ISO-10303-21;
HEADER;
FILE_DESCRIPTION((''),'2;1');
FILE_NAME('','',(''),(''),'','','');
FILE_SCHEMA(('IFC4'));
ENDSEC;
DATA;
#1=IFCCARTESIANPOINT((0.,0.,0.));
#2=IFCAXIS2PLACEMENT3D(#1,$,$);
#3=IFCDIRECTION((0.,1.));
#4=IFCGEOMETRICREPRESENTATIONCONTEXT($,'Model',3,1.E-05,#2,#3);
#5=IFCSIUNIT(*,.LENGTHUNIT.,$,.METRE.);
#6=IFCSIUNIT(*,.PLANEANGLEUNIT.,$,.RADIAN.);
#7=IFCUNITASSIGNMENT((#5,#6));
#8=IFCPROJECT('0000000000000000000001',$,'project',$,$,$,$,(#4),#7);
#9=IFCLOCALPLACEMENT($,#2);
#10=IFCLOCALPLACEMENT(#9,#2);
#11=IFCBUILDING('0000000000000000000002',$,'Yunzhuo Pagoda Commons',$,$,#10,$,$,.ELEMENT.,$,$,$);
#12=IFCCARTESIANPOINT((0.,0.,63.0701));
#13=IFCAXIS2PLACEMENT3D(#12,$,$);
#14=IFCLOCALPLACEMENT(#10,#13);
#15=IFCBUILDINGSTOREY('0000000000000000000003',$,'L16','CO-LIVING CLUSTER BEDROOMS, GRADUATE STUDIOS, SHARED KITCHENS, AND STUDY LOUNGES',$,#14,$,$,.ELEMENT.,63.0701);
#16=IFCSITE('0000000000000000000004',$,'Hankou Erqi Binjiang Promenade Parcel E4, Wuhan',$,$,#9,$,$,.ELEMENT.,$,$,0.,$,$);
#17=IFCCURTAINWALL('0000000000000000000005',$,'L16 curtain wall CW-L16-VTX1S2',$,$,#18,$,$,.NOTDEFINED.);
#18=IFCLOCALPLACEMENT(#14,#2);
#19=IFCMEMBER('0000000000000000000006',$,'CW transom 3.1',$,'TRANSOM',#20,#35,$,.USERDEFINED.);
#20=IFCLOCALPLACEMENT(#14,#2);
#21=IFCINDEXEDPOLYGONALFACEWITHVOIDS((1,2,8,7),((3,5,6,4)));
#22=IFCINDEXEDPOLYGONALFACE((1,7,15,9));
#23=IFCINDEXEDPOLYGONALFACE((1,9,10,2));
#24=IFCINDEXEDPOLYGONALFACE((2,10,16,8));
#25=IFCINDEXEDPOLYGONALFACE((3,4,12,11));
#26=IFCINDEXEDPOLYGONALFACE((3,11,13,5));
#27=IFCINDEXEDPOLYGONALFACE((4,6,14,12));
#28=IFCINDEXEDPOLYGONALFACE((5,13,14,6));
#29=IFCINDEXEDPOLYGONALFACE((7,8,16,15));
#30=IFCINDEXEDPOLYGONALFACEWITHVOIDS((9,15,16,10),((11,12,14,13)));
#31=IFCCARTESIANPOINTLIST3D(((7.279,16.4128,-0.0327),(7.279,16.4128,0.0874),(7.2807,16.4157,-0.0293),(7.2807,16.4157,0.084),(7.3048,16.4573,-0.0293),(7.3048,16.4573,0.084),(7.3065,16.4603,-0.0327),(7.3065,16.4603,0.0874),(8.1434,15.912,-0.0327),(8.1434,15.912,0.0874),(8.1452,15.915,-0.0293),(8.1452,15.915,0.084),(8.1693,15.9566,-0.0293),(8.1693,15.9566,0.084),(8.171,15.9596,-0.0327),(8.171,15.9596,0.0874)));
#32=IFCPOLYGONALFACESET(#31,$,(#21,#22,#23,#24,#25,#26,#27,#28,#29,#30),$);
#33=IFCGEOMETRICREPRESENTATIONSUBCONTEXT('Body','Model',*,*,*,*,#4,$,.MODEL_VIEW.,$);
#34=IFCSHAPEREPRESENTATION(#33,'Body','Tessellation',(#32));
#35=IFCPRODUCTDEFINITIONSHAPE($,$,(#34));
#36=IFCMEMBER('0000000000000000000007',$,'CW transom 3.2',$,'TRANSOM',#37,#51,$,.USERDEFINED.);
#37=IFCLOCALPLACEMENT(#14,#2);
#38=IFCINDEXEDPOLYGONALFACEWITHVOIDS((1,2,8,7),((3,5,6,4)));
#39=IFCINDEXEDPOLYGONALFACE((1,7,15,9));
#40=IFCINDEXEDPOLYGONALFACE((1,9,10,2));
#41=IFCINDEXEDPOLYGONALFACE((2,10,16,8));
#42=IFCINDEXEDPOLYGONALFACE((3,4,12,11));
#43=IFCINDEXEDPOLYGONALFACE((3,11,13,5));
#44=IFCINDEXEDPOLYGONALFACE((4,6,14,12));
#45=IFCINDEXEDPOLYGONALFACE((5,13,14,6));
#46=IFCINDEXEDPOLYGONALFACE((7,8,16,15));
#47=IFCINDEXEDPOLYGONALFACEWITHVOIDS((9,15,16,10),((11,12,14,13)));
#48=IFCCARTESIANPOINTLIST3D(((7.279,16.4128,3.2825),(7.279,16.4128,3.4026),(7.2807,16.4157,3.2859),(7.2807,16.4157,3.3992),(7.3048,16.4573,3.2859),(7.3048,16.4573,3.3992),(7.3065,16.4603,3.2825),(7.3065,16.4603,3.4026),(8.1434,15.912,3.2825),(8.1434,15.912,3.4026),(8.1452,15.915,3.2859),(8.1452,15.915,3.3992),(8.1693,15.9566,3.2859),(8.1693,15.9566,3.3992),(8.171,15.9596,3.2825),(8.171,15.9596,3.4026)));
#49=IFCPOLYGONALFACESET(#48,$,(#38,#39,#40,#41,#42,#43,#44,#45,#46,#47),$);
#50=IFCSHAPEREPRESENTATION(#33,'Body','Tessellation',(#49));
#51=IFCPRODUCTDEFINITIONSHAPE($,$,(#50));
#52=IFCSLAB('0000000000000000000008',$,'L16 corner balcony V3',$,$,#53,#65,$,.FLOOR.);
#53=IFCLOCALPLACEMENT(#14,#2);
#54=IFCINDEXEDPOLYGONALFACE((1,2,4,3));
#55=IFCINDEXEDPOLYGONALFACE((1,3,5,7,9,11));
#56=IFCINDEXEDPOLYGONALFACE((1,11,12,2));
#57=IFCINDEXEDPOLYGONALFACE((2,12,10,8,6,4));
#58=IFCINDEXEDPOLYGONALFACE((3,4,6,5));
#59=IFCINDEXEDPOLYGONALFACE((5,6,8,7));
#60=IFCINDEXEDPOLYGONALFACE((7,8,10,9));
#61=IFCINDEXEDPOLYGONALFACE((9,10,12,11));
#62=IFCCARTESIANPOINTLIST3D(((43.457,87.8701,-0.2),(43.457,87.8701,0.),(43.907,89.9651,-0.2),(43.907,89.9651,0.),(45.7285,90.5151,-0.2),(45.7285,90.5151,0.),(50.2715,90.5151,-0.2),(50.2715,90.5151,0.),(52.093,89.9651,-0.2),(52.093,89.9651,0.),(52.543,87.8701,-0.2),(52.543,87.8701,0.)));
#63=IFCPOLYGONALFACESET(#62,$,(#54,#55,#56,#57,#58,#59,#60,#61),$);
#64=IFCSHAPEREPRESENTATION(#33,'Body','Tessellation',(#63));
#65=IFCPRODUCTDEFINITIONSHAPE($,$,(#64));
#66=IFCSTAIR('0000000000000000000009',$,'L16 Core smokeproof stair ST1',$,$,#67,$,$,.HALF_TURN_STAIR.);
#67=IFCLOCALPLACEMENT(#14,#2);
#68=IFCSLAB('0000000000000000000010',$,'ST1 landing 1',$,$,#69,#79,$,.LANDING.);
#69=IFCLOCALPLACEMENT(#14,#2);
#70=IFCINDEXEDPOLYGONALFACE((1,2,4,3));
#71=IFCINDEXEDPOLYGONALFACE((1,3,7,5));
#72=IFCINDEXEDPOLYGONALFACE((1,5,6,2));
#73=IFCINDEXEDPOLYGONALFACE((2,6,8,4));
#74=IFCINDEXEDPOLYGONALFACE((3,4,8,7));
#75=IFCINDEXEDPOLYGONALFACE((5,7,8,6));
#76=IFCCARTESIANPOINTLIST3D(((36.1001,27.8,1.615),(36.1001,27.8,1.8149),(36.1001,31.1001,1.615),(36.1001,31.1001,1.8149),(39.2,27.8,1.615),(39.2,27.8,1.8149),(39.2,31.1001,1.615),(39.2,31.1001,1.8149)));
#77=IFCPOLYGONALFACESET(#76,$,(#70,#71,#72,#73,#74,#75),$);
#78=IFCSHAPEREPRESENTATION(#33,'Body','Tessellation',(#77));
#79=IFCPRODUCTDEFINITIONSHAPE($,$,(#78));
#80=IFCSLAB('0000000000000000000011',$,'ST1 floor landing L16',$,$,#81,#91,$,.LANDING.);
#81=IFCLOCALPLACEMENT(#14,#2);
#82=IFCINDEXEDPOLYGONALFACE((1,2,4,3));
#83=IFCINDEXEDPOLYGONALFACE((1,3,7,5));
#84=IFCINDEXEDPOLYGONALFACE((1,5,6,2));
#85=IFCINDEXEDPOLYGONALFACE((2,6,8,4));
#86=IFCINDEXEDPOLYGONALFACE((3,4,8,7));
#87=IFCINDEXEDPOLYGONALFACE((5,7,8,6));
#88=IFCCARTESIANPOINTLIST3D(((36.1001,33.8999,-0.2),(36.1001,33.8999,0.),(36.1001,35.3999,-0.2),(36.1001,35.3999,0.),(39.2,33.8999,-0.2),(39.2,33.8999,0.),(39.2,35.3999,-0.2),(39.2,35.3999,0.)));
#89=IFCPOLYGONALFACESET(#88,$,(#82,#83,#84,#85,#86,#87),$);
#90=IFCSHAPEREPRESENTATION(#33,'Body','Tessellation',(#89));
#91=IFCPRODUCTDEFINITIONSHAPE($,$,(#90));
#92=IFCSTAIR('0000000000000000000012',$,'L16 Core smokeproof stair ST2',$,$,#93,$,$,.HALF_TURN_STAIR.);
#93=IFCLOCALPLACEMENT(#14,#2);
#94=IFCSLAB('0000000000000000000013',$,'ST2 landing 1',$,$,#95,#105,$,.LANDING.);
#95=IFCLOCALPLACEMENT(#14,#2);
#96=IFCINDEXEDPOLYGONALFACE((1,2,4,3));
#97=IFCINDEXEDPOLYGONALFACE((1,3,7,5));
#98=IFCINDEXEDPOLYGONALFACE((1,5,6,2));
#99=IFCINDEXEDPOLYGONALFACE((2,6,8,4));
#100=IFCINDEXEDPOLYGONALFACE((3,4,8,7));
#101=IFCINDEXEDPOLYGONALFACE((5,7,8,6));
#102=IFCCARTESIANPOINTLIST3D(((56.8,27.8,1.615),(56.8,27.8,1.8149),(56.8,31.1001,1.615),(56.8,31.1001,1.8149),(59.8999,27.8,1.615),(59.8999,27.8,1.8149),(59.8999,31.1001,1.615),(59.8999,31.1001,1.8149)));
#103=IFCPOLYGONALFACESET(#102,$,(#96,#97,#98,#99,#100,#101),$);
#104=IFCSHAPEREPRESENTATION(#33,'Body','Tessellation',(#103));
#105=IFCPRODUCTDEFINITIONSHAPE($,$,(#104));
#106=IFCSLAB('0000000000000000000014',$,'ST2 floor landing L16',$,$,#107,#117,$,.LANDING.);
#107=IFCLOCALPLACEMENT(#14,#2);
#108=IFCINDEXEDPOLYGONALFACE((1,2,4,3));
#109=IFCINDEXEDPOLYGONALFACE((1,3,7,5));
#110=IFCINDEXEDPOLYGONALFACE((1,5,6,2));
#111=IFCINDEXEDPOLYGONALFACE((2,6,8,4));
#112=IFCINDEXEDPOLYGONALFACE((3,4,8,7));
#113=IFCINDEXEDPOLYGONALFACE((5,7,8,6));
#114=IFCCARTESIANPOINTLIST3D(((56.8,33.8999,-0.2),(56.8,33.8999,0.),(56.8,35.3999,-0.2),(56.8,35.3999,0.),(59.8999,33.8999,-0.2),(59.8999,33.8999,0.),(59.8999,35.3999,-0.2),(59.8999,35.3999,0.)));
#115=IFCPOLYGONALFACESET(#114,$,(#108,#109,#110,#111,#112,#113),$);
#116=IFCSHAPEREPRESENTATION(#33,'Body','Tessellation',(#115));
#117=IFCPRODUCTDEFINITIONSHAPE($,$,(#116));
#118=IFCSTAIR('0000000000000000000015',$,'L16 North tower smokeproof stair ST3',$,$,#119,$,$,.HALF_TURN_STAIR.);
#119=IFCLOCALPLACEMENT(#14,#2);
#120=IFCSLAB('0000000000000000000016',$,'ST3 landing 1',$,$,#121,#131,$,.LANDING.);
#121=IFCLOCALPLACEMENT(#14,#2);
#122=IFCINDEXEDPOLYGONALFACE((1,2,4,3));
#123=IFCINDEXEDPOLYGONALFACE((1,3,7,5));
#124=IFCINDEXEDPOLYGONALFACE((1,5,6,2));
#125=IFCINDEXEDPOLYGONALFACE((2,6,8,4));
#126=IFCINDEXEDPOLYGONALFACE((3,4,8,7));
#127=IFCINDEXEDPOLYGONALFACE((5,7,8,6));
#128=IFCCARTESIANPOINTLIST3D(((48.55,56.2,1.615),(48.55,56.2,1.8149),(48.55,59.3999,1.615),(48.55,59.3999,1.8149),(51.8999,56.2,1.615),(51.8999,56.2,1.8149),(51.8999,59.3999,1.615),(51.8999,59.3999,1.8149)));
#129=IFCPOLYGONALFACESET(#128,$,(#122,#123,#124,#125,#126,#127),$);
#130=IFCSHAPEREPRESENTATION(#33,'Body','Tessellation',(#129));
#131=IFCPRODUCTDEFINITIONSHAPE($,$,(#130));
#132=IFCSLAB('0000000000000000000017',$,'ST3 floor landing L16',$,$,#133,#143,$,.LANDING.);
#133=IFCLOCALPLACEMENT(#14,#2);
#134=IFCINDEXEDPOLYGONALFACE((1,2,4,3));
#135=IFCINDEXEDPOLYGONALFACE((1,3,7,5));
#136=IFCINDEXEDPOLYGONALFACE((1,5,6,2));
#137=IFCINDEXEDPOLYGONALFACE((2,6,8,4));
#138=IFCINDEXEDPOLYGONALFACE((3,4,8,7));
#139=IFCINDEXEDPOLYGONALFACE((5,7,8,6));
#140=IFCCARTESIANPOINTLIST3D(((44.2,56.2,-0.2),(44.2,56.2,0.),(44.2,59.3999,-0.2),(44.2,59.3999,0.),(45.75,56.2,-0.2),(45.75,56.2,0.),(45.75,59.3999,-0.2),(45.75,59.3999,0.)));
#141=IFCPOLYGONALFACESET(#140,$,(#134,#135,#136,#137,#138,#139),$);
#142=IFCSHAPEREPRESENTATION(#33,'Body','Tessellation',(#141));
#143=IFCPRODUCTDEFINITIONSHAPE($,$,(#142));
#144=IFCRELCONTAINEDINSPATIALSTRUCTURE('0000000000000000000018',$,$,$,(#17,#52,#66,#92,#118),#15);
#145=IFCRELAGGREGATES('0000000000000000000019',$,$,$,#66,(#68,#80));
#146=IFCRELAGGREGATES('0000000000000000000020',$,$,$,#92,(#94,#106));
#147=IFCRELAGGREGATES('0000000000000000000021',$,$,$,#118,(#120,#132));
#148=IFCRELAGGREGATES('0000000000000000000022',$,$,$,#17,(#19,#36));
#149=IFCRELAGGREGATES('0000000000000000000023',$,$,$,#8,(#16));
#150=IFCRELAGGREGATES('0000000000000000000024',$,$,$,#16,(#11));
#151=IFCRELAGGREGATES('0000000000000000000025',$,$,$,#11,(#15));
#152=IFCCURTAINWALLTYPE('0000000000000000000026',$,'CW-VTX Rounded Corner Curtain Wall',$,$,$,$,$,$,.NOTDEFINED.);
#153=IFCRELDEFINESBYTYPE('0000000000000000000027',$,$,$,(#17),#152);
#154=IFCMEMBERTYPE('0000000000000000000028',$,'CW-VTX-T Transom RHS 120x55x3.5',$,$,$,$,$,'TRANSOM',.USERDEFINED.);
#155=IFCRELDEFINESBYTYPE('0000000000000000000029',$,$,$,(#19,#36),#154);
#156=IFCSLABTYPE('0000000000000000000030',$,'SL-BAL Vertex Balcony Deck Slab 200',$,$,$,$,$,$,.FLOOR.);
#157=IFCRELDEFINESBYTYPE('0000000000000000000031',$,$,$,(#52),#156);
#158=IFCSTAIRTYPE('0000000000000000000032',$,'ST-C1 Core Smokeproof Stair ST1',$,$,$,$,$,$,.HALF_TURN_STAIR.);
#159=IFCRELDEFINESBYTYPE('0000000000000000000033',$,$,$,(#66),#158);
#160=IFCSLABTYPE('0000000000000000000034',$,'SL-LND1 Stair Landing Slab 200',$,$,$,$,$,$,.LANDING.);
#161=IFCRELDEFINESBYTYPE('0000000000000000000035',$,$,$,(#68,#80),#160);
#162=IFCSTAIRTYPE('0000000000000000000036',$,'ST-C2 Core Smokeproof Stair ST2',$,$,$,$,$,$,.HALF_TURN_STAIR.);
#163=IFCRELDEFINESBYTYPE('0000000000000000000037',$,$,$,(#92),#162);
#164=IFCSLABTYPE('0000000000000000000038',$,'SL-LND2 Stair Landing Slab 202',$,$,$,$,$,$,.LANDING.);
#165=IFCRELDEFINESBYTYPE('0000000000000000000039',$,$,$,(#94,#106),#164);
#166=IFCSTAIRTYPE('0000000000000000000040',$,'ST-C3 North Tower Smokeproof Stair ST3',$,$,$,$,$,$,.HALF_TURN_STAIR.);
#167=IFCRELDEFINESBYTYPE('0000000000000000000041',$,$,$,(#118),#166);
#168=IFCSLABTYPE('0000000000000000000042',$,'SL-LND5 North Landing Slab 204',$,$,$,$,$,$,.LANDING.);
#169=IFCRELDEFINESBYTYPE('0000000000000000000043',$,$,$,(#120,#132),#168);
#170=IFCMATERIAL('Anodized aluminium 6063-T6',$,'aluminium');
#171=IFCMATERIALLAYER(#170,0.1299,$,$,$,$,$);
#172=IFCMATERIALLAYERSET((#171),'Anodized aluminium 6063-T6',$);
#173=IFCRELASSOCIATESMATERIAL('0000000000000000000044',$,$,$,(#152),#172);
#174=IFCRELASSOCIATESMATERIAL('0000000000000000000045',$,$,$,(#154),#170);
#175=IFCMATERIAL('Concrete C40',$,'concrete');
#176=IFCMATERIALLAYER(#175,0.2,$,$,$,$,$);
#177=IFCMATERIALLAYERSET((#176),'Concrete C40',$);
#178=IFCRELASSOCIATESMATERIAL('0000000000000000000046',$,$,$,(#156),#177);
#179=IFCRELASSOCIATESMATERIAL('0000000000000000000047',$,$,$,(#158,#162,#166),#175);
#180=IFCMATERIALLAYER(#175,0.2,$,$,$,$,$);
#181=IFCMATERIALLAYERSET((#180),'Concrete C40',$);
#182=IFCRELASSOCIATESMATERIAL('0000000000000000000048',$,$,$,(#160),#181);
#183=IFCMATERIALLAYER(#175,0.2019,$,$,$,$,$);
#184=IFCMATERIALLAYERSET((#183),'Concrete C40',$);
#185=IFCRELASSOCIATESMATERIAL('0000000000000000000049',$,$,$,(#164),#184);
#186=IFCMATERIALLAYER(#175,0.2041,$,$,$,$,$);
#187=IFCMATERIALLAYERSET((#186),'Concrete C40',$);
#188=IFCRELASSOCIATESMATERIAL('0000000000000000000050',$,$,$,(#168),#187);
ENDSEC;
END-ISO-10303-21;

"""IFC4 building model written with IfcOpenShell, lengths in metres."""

from ifc_helpers import new_model, si_unit, direction, frame, origin, origin_2d, place, context, subcontext, project, spatial, polyline, hollow_rectangle, outline, extrude, source, transform, mapped, material, layer, layer_set, material_profile, profile_set, type_object, element, aggregate, save


model = new_model("IFC4")

# Units and contexts
model_context = context("Model", 3, precision=1e-05, world=origin(), true_north=direction((0.0, 1.0)))
body_context = subcontext(model_context, "Body", "Model", "MODEL_VIEW")
ifc_project = project(units=[si_unit("LENGTHUNIT", "METRE"), si_unit("PLANEANGLEUNIT", "RADIAN")], contexts=[model_context])

# Site, building, storey
site_placement = place(None, origin())
site = spatial("IfcSite", under=ifc_project, at=site_placement, Name="Hankou Erqi Binjiang Promenade Parcel E4, Wuhan", CompositionType="ELEMENT", RefElevation=0.0)
building_placement = place(site_placement, origin())
building = spatial("IfcBuilding", under=site, at=building_placement, Name="Yunzhuo Pagoda Commons", CompositionType="ELEMENT")
storey_placement = place(building_placement, frame((0.0, 0.0, 63.0701)))
storey = spatial("IfcBuildingStorey", under=building, at=storey_placement, Name="L16", Description="CO-LIVING CLUSTER BEDROOMS, GRADUATE STUDIOS, SHARED KITCHENS, AND STUDY LOUNGES", CompositionType="ELEMENT", Elevation=63.0701)

# Curtain wall, members
ifc_material_1 = material(Name="Anodized aluminium 6063-T6", Category="aluminium")
ifc_layer_1 = layer(ifc_material_1, 0.1299)
ifc_layer_set_1 = layer_set([ifc_layer_1], Name="Anodized aluminium 6063-T6")
curtain_wall_type = type_object("IfcCurtainWallType", Name="CW-VTX Rounded Corner Curtain Wall", PredefinedType="NOTDEFINED", material=ifc_layer_set_1)
curtain_wall_1_placement = place(storey_placement, origin())
curtain_wall_1 = element("IfcCurtainWall", 1, at=curtain_wall_1_placement, inside=storey, type_object=curtain_wall_type, Name="L16 curtain wall CW-L16-VTX1S2", PredefinedType="NOTDEFINED")
ifc_material_profile_1 = material_profile(ifc_material_1, hollow_rectangle(XDim=0.0549, YDim=0.1201, WallThickness=0.0034, at=origin_2d()), Name="Anodized aluminium 6063-T6")
ifc_profile_set_1 = profile_set([ifc_material_profile_1], Name="Anodized aluminium 6063-T6")
member_type_1 = type_object("IfcMemberType", Name="CW-VTX-T Transom RHS 120x55x3.5", ElementType="TRANSOM", PredefinedType="USERDEFINED", material=ifc_profile_set_1)
shared_shape_1 = source(origin(), body_context, "Body", "SweptSolid", [
    extrude(hollow_rectangle(XDim=0.0549, YDim=0.1201, WallThickness=0.0034, at=origin_2d()), origin(), (0.0, 0.0, 1.0), 0.999),
])
member_1_placement = place(storey_placement, frame((7.2927, 16.4365, 0.0273), z_axis=(0.865326, -0.50121, 0.0), x_axis=(0.50121, 0.865326, 0.0)))
member_1 = element("IfcMember", 2, at=member_1_placement, type_object=member_type_1, Name="CW transom 3.1", ObjectType="TRANSOM", PredefinedType="USERDEFINED", context=body_context, shape_type="MappedRepresentation", body=[
    mapped(shared_shape_1, transform((0.0, 0.0, 0.0), scale=1.0)),
])
member_2_placement = place(storey_placement, frame((7.2927, 16.4365, 3.3425), z_axis=(0.865326, -0.50121, 0.0), x_axis=(0.50121, 0.865326, 0.0)))
member_2 = element("IfcMember", 3, at=member_2_placement, type_object=member_type_1, Name="CW transom 3.2", ObjectType="TRANSOM", PredefinedType="USERDEFINED", context=body_context, shape_type="MappedRepresentation", body=[
    mapped(shared_shape_1, transform((0.0, 0.0, 0.0), scale=1.0)),
])

# Slab
ifc_material_2 = material(Name="Concrete C40", Category="concrete")
ifc_layer_2 = layer(ifc_material_2, 0.2)
ifc_layer_set_2 = layer_set([ifc_layer_2], Name="Concrete C40")
slab_type_1 = type_object("IfcSlabType", Name="SL-BAL Vertex Balcony Deck Slab 200", PredefinedType="FLOOR", material=ifc_layer_set_2)
slab_1_placement = place(storey_placement, frame((0.0, 0.0, -0.2)))
element("IfcSlab", 4, at=slab_1_placement, inside=storey, type_object=slab_type_1, Name="L16 corner balcony V3", PredefinedType="FLOOR", context=body_context, shape_type="SweptSolid", body=[
    extrude(outline(polyline([(52.543, 87.8701), (43.457, 87.8701), (43.907, 89.9651), (45.7285, 90.5151), (50.2715, 90.5151), (52.093, 89.9651), (52.543, 87.8701)])), origin(), (0.0, 0.0, 1.0), 0.2),
])

# Stairs, slabs
stair_type_1 = type_object("IfcStairType", Name="ST-C1 Core Smokeproof Stair ST1", PredefinedType="HALF_TURN_STAIR", material=ifc_material_2)
stair_1_placement = place(storey_placement, origin())
stair_1 = element("IfcStair", 5, at=stair_1_placement, inside=storey, type_object=stair_type_1, Name="L16 Core smokeproof stair ST1", PredefinedType="HALF_TURN_STAIR")
ifc_layer_3 = layer(ifc_material_2, 0.2)
ifc_layer_set_3 = layer_set([ifc_layer_3], Name="Concrete C40")
slab_type_2 = type_object("IfcSlabType", Name="SL-LND1 Stair Landing Slab 200", PredefinedType="LANDING", material=ifc_layer_set_3)
slab_2_placement = place(storey_placement, frame((0.0, 0.0, 1.615)))
slab_2 = element("IfcSlab", 6, at=slab_2_placement, type_object=slab_type_2, Name="ST1 landing 1", PredefinedType="LANDING", context=body_context, shape_type="SweptSolid", body=[
    extrude(outline(polyline([(36.1001, 31.1001), (36.1001, 27.8), (39.2, 27.8), (39.2, 31.1001), (36.1001, 31.1001)])), origin(), (0.0, 0.0, 1.0), 0.2),
])
slab_3_placement = place(storey_placement, frame((0.0, 0.0, -0.2)))
slab_3 = element("IfcSlab", 7, at=slab_3_placement, type_object=slab_type_2, Name="ST1 floor landing L16", PredefinedType="LANDING", context=body_context, shape_type="SweptSolid", body=[
    extrude(outline(polyline([(36.1001, 35.3999), (36.1001, 33.8999), (39.2, 33.8999), (39.2, 35.3999), (36.1001, 35.3999)])), origin(), (0.0, 0.0, 1.0), 0.2),
])
aggregate(stair_1, [slab_2, slab_3])
stair_type_2 = type_object("IfcStairType", Name="ST-C2 Core Smokeproof Stair ST2", PredefinedType="HALF_TURN_STAIR", material=ifc_material_2)
stair_2_placement = place(storey_placement, origin())
stair_2 = element("IfcStair", 8, at=stair_2_placement, inside=storey, type_object=stair_type_2, Name="L16 Core smokeproof stair ST2", PredefinedType="HALF_TURN_STAIR")
ifc_layer_4 = layer(ifc_material_2, 0.2019)
ifc_layer_set_4 = layer_set([ifc_layer_4], Name="Concrete C40")
slab_type_3 = type_object("IfcSlabType", Name="SL-LND2 Stair Landing Slab 202", PredefinedType="LANDING", material=ifc_layer_set_4)
slab_4_placement = place(storey_placement, frame((0.0, 0.0, 1.615)))
slab_4 = element("IfcSlab", 9, at=slab_4_placement, type_object=slab_type_3, Name="ST2 landing 1", PredefinedType="LANDING", context=body_context, shape_type="SweptSolid", body=[
    extrude(outline(polyline([(56.8, 31.1001), (56.8, 27.8), (59.8999, 27.8), (59.8999, 31.1001), (56.8, 31.1001)])), origin(), (0.0, 0.0, 1.0), 0.2),
])
slab_5_placement = place(storey_placement, frame((0.0, 0.0, -0.2)))
slab_5 = element("IfcSlab", 10, at=slab_5_placement, type_object=slab_type_3, Name="ST2 floor landing L16", PredefinedType="LANDING", context=body_context, shape_type="SweptSolid", body=[
    extrude(outline(polyline([(56.8, 35.3999), (56.8, 33.8999), (59.8999, 33.8999), (59.8999, 35.3999), (56.8, 35.3999)])), origin(), (0.0, 0.0, 1.0), 0.2),
])
aggregate(stair_2, [slab_4, slab_5])
stair_type_3 = type_object("IfcStairType", Name="ST-C3 North Tower Smokeproof Stair ST3", PredefinedType="HALF_TURN_STAIR", material=ifc_material_2)
stair_3_placement = place(storey_placement, origin())
stair_3 = element("IfcStair", 11, at=stair_3_placement, inside=storey, type_object=stair_type_3, Name="L16 North tower smokeproof stair ST3", PredefinedType="HALF_TURN_STAIR")
ifc_layer_5 = layer(ifc_material_2, 0.2041)
ifc_layer_set_5 = layer_set([ifc_layer_5], Name="Concrete C40")
slab_type_4 = type_object("IfcSlabType", Name="SL-LND5 North Landing Slab 204", PredefinedType="LANDING", material=ifc_layer_set_5)
slab_6_placement = place(storey_placement, frame((0.0, 0.0, 1.615)))
slab_6 = element("IfcSlab", 12, at=slab_6_placement, type_object=slab_type_4, Name="ST3 landing 1", PredefinedType="LANDING", context=body_context, shape_type="SweptSolid", body=[
    extrude(outline(polyline([(48.55, 56.2), (51.8999, 56.2), (51.8999, 59.3999), (48.55, 59.3999), (48.55, 56.2)])), origin(), (0.0, 0.0, 1.0), 0.2),
])
slab_7_placement = place(storey_placement, frame((0.0, 0.0, -0.2)))
slab_7 = element("IfcSlab", 13, at=slab_7_placement, type_object=slab_type_4, Name="ST3 floor landing L16", PredefinedType="LANDING", context=body_context, shape_type="SweptSolid", body=[
    extrude(outline(polyline([(44.2, 56.2), (45.75, 56.2), (45.75, 59.3999), (44.2, 59.3999), (44.2, 56.2)])), origin(), (0.0, 0.0, 1.0), 0.2),
])
aggregate(stair_3, [slab_6, slab_7])

aggregate(curtain_wall_1, [member_1, member_2])

save(model, "model.ifc")
